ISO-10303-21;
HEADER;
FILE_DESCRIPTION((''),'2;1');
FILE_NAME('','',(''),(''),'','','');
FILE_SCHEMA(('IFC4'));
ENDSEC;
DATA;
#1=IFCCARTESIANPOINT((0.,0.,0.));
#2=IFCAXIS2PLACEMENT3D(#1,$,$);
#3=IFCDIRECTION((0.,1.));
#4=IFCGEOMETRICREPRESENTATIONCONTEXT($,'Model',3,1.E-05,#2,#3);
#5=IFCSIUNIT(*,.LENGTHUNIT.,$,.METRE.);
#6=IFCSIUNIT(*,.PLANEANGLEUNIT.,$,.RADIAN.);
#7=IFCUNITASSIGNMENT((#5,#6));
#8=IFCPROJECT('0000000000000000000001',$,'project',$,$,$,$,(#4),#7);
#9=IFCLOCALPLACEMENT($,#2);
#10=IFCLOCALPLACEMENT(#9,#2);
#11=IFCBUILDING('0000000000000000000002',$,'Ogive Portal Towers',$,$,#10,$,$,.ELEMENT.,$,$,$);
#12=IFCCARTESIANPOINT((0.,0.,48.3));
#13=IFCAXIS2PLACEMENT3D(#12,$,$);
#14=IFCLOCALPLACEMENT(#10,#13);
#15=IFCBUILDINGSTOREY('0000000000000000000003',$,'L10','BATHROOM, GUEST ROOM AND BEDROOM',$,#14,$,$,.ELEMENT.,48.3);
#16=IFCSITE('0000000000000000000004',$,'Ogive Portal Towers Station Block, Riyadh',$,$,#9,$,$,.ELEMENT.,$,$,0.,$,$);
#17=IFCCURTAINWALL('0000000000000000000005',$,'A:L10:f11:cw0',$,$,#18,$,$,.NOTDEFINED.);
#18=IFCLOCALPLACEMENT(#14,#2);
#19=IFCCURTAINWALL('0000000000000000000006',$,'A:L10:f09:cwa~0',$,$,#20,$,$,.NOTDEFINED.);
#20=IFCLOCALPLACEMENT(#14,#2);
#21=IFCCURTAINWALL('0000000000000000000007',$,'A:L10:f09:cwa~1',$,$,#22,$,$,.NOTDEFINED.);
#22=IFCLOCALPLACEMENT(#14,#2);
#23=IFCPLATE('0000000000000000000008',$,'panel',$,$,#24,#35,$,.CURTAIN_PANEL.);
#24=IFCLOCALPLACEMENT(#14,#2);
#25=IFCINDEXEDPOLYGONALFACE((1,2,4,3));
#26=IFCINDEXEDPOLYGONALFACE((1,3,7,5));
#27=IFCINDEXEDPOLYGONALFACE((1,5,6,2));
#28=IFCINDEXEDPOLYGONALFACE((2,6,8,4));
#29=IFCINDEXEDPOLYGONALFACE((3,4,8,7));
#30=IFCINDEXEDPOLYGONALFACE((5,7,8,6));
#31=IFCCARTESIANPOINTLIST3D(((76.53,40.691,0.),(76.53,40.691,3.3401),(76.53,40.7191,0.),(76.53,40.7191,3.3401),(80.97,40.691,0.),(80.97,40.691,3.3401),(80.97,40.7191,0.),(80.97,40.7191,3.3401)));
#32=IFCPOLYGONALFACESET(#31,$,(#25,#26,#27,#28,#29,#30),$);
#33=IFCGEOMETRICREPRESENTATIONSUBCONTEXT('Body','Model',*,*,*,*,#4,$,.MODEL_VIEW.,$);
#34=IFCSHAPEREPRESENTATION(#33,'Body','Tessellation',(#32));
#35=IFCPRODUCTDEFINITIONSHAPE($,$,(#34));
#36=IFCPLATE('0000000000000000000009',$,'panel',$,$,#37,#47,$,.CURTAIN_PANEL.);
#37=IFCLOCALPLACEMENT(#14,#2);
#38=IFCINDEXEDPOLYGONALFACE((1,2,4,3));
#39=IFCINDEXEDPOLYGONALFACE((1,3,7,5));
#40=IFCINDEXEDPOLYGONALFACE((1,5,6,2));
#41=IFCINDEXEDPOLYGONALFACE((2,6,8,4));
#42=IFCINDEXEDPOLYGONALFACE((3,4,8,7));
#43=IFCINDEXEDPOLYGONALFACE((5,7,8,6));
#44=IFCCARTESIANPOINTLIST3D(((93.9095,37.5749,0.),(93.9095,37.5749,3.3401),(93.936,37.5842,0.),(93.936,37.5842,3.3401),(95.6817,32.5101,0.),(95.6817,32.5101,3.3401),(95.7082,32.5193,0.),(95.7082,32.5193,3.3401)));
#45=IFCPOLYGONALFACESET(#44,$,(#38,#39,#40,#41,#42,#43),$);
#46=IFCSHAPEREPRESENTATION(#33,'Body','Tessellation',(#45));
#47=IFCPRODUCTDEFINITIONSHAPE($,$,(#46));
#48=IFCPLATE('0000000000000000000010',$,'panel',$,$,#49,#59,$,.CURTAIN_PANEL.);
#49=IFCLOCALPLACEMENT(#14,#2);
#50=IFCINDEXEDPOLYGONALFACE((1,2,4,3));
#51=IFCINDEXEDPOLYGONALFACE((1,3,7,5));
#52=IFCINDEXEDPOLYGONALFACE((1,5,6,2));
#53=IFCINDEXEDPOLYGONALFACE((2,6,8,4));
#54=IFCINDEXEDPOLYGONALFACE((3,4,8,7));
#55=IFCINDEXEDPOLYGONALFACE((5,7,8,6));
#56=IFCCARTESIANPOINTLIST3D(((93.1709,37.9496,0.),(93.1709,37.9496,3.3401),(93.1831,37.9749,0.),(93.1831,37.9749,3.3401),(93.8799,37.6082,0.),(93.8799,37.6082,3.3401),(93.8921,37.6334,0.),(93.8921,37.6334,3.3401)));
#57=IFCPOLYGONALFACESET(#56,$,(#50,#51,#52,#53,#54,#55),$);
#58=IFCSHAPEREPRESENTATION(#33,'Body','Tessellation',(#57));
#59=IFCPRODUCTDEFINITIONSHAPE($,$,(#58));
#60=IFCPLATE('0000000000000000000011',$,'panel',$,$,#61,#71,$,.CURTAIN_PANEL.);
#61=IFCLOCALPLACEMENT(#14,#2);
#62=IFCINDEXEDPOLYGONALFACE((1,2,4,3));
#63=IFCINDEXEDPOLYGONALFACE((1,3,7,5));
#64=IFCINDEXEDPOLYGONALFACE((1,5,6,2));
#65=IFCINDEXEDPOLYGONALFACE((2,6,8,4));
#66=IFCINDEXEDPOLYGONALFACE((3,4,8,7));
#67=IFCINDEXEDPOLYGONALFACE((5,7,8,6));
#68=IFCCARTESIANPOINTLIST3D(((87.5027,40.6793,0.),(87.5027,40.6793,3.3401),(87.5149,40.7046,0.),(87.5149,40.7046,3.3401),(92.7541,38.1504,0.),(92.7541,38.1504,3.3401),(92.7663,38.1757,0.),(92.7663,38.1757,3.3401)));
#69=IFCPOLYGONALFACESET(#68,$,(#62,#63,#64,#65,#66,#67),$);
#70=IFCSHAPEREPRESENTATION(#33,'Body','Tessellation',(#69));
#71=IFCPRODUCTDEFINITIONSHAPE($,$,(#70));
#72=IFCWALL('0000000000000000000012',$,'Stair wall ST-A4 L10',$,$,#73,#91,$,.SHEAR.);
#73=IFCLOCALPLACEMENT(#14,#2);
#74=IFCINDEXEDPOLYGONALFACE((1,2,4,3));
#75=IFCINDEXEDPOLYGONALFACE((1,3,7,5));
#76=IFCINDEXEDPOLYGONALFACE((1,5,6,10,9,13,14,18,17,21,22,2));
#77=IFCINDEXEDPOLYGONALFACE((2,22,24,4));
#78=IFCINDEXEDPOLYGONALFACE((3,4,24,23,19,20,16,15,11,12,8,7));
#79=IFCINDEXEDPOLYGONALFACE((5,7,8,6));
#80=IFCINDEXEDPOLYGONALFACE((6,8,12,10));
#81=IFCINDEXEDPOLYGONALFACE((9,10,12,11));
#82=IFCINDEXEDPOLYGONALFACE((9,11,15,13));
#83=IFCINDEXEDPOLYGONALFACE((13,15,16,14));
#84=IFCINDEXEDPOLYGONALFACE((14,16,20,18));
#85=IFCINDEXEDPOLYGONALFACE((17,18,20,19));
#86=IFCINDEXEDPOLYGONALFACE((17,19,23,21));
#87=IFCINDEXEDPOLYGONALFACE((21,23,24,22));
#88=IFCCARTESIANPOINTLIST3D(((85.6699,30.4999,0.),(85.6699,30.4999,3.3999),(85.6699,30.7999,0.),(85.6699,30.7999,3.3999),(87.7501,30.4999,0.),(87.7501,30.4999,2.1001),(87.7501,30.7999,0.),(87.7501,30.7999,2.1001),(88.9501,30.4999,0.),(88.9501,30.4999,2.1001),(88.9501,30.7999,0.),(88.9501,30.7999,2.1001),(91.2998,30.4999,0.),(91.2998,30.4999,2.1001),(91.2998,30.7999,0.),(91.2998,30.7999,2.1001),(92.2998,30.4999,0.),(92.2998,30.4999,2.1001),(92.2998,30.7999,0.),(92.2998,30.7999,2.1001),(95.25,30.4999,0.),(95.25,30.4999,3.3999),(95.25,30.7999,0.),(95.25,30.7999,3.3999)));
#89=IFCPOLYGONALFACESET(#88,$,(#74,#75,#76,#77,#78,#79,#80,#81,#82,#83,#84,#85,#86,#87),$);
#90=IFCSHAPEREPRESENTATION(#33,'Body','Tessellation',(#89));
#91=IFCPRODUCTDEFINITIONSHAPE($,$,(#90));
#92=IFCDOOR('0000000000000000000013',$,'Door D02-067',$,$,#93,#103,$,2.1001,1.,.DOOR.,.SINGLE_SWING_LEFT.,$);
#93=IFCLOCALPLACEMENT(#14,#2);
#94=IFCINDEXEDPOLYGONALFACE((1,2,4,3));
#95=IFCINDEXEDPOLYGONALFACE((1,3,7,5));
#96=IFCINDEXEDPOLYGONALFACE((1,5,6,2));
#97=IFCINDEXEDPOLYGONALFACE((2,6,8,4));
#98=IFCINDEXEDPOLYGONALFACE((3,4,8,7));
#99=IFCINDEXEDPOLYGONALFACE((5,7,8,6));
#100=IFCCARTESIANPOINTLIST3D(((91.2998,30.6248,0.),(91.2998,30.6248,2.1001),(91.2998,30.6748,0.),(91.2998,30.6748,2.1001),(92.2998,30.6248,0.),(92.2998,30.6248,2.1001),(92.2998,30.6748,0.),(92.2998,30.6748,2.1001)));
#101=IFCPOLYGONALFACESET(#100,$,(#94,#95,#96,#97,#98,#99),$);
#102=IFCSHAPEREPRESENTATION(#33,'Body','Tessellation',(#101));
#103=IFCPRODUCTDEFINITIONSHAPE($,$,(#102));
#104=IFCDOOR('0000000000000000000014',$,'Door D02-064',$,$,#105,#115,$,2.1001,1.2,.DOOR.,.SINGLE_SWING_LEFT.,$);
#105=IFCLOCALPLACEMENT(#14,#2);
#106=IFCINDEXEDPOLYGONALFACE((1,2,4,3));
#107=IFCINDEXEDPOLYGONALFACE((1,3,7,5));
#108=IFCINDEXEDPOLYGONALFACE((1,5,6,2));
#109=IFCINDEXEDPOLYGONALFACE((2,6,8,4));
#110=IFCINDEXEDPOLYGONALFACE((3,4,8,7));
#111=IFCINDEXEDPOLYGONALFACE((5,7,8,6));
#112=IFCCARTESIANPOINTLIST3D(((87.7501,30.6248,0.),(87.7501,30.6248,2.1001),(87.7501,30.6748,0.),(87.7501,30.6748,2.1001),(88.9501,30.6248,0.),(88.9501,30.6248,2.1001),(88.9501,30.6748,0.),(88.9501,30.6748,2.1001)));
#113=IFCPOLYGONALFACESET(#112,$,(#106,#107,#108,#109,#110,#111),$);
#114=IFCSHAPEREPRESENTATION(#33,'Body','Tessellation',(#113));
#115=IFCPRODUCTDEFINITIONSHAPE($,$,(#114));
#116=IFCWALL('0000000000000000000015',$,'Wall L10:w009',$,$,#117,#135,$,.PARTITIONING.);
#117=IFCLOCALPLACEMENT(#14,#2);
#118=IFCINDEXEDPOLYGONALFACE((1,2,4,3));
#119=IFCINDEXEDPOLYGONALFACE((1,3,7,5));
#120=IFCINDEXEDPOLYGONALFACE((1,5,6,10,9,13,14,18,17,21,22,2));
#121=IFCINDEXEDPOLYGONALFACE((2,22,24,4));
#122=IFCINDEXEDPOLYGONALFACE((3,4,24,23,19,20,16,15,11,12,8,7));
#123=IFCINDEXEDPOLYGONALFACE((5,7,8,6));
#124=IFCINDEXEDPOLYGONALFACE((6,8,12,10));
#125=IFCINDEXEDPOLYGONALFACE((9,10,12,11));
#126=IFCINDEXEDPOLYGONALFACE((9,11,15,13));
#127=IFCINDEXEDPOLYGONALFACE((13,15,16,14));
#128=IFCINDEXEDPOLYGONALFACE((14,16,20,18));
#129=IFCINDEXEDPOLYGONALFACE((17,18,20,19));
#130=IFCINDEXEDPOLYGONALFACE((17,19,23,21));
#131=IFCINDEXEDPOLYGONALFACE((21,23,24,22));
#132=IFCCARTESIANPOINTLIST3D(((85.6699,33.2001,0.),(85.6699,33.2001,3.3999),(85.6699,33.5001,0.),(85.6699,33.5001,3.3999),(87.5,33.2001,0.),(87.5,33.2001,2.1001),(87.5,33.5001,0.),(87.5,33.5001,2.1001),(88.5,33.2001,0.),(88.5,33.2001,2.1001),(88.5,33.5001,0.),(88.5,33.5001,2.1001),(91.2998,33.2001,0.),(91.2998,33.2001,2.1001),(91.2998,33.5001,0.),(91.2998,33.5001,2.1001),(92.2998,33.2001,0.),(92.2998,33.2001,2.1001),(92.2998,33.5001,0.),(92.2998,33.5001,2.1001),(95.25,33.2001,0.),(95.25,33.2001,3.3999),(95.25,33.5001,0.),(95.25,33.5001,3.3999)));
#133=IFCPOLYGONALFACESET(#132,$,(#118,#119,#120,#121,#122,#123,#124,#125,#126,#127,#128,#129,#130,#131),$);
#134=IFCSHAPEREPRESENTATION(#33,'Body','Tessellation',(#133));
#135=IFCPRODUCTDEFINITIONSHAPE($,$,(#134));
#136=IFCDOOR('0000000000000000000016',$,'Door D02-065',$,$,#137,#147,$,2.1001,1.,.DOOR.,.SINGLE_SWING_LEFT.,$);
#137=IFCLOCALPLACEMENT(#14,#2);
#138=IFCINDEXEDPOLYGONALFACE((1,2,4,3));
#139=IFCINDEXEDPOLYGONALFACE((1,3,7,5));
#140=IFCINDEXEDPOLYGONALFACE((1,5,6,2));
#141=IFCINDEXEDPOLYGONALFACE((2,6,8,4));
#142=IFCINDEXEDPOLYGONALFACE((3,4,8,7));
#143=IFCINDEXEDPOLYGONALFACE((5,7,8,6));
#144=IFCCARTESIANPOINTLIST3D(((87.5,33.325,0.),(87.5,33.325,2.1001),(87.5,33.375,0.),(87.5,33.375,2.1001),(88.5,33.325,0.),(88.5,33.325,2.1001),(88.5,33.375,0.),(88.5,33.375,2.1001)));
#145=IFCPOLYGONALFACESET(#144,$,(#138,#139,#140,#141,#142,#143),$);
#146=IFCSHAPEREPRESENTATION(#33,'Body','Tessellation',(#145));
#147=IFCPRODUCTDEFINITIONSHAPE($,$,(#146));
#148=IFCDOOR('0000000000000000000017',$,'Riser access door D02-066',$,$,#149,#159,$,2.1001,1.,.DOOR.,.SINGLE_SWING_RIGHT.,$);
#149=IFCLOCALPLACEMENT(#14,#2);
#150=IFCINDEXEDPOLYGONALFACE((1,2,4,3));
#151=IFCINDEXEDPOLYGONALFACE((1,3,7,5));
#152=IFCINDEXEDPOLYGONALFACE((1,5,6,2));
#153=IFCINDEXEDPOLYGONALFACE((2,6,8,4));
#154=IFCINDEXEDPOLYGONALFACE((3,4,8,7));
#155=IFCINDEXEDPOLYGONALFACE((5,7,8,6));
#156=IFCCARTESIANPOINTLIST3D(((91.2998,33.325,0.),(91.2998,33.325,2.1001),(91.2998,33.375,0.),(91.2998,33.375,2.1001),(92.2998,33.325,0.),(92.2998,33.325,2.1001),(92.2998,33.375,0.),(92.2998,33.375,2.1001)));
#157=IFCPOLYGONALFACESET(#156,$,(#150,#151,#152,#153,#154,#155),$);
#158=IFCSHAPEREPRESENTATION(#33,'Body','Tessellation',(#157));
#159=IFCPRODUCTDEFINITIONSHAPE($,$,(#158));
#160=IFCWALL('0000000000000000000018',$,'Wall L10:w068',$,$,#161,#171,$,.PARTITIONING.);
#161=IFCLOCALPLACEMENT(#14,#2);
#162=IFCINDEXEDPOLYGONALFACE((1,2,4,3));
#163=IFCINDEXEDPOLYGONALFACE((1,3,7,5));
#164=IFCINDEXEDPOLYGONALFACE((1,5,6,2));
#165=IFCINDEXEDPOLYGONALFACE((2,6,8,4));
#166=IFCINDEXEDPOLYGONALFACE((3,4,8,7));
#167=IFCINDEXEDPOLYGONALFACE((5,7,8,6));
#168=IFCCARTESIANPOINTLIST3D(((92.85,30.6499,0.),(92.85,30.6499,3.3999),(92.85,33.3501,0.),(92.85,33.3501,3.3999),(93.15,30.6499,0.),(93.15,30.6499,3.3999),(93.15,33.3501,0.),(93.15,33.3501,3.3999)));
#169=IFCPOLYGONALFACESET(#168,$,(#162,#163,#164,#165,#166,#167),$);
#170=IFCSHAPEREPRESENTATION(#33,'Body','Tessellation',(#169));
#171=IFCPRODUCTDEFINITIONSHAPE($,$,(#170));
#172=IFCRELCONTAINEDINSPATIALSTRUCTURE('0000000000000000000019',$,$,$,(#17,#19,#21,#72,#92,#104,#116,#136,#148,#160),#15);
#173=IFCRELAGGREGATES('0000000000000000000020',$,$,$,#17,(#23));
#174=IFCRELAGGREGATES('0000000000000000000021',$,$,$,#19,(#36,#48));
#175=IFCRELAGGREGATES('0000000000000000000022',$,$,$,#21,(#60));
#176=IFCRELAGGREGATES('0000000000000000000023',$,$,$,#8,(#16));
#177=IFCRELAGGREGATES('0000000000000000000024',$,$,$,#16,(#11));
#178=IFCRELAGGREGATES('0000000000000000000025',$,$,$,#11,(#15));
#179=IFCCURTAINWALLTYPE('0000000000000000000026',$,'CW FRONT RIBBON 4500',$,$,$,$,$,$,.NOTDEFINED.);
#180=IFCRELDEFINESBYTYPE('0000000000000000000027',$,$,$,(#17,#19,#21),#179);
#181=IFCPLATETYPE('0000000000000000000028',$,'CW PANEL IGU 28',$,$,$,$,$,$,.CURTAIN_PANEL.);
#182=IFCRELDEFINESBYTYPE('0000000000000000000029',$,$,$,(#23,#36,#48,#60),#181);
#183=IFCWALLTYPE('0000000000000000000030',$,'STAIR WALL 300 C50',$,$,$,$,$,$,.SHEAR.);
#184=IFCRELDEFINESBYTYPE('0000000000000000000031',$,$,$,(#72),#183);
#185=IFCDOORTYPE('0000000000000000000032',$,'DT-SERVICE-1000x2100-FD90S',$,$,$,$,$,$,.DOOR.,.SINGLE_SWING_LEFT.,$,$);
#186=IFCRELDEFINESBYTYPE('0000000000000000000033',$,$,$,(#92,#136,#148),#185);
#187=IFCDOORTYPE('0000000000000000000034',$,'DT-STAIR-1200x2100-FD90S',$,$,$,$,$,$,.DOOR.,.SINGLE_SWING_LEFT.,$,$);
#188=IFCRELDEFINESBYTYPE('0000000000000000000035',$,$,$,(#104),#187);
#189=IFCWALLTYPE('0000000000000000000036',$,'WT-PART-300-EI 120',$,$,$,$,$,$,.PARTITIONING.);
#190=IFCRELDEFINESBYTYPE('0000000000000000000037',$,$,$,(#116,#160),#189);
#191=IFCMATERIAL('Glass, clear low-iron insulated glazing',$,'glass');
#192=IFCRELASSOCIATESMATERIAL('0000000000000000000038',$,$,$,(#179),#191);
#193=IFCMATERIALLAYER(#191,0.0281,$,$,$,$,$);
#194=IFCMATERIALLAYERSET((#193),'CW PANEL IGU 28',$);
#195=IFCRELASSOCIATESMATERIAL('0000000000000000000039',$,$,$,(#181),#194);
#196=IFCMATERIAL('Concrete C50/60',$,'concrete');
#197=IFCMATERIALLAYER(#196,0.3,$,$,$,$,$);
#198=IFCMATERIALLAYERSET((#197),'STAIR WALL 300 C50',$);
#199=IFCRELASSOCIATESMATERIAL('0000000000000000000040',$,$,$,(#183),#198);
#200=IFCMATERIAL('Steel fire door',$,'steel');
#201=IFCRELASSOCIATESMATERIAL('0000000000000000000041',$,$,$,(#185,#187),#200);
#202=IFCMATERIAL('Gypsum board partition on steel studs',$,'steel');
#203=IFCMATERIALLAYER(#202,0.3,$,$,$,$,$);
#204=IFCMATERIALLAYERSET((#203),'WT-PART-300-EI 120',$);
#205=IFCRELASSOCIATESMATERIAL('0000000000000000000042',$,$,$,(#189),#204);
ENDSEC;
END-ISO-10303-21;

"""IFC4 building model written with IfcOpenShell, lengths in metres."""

from ifc_helpers import new_model, si_unit, direction, frame, frame_2d, origin, origin_2d, place, context, subcontext, project, spatial, rectangle, extrude, material, layer, layer_set, type_object, element, fill, aggregate, save


model = new_model("IFC4")

# Units and contexts
model_context = context("Model", 3, precision=1e-05, world=origin(), true_north=direction((0.0, 1.0)))
body_context = subcontext(model_context, "Body", "Model", "MODEL_VIEW")
ifc_project = project(units=[si_unit("LENGTHUNIT", "METRE"), si_unit("PLANEANGLEUNIT", "RADIAN")], contexts=[model_context])

# Site, building, storey
site_placement = place(None, origin())
site = spatial("IfcSite", under=ifc_project, at=site_placement, Name="Ogive Portal Towers Station Block, Riyadh", CompositionType="ELEMENT", RefElevation=0.0)
building_placement = place(site_placement, origin())
building = spatial("IfcBuilding", under=site, at=building_placement, Name="Ogive Portal Towers", CompositionType="ELEMENT")
storey_placement = place(building_placement, frame((0.0, 0.0, 48.3)))
storey = spatial("IfcBuildingStorey", under=building, at=storey_placement, Name="L10", Description="BATHROOM, GUEST ROOM AND BEDROOM", CompositionType="ELEMENT", Elevation=48.3)

# Curtain walls
ifc_material_1 = material(Name="Glass, clear low-iron insulated glazing", Category="glass")
curtain_wall_type = type_object("IfcCurtainWallType", Name="CW FRONT RIBBON 4500", PredefinedType="NOTDEFINED", material=ifc_material_1)
curtain_wall_1_placement = place(storey_placement, origin())
curtain_wall_1 = element("IfcCurtainWall", 1, at=curtain_wall_1_placement, inside=storey, type_object=curtain_wall_type, Name="A:L10:f11:cw0", PredefinedType="NOTDEFINED")
curtain_wall_2_placement = place(storey_placement, origin())
curtain_wall_2 = element("IfcCurtainWall", 2, at=curtain_wall_2_placement, inside=storey, type_object=curtain_wall_type, Name="A:L10:f09:cwa~0", PredefinedType="NOTDEFINED")

# Curtain wall
curtain_wall_3_placement = place(storey_placement, origin())
curtain_wall_3 = element("IfcCurtainWall", 3, at=curtain_wall_3_placement, inside=storey, type_object=curtain_wall_type, Name="A:L10:f09:cwa~1", PredefinedType="NOTDEFINED")

# Plates
ifc_layer_1 = layer(ifc_material_1, 0.0281)
ifc_layer_set_1 = layer_set([ifc_layer_1], Name="CW PANEL IGU 28")
plate_type = type_object("IfcPlateType", Name="CW PANEL IGU 28", PredefinedType="CURTAIN_PANEL", material=ifc_layer_set_1)
plate_1_placement = place(storey_placement, frame((78.75, 40.7051, 0.0), z_axis=(0.0, 0.0, 1.0), x_axis=(-1.0, 0.0, 0.0)))
plate_1 = element("IfcPlate", 4, at=plate_1_placement, type_object=plate_type, Name="panel", PredefinedType="CURTAIN_PANEL", context=body_context, shape_type="SweptSolid", body=[
    extrude(rectangle(XDim=4.4399, YDim=0.0281, at=origin_2d()), origin(), (0.0, 0.0, 1.0), 3.3401),
])
aggregate(curtain_wall_1, [plate_1])
plate_2_placement = place(storey_placement, frame((94.8088, 35.0471, 0.0), z_axis=(0.0, 0.0, 1.0), x_axis=(-0.330279, 0.943883, 0.0)))
plate_2 = element("IfcPlate", 5, at=plate_2_placement, type_object=plate_type, Name="panel", PredefinedType="CURTAIN_PANEL", context=body_context, shape_type="SweptSolid", body=[
    extrude(rectangle(XDim=5.366, YDim=0.0281, at=origin_2d()), origin(), (0.0, 0.0, 1.0), 3.3401),
])
plate_3_placement = place(storey_placement, frame((93.5315, 37.7915, 0.0), z_axis=(0.0, 0.0, 1.0), x_axis=(-0.900969, 0.433884, 0.0)))
plate_3 = element("IfcPlate", 6, at=plate_3_placement, type_object=plate_type, Name="panel", PredefinedType="CURTAIN_PANEL", context=body_context, shape_type="SweptSolid", body=[
    extrude(rectangle(XDim=0.7869, YDim=0.0281, at=origin_2d()), origin(), (0.0, 0.0, 1.0), 3.3401),
])
aggregate(curtain_wall_2, [plate_2, plate_3])
plate_4_placement = place(storey_placement, frame((90.1345, 39.4275, 0.0), z_axis=(0.0, 0.0, 1.0), x_axis=(-0.900969, 0.433884, 0.0)))
plate_4 = element("IfcPlate", 7, at=plate_4_placement, type_object=plate_type, Name="panel", PredefinedType="CURTAIN_PANEL", context=body_context, shape_type="SweptSolid", body=[
    extrude(rectangle(XDim=5.8286, YDim=0.0281, at=origin_2d()), origin(), (0.0, 0.0, 1.0), 3.3401),
])
aggregate(curtain_wall_3, [plate_4])

# Walls, openings, doors
ifc_material_2 = material(Name="Concrete C50/60", Category="concrete")
ifc_layer_2 = layer(ifc_material_2, 0.3)
ifc_layer_set_2 = layer_set([ifc_layer_2], Name="STAIR WALL 300 C50")
wall_type_1 = type_object("IfcWallType", Name="STAIR WALL 300 C50", PredefinedType="SHEAR", material=ifc_layer_set_2)
wall_1_placement = place(storey_placement, frame((85.6699, 30.6499, 0.0), z_axis=(0.0, 0.0, 1.0), x_axis=(1.0, 0.0, 0.0)))
wall_1 = element("IfcWall", 8, at=wall_1_placement, inside=storey, type_object=wall_type_1, Name="Stair wall ST-A4 L10", PredefinedType="SHEAR", context=body_context, shape_type="SweptSolid", body=[
    extrude(rectangle(XDim=9.5801, YDim=0.3, at=frame_2d((4.79, 0.0))), origin(), (0.0, 0.0, 1.0), 3.3999),
])
opening_1_placement = place(wall_1_placement, frame((2.0801, 0.0, 0.0)))
opening_1 = element("IfcOpeningElement", 9, at=opening_1_placement, cuts=wall_1, PredefinedType="OPENING", context=body_context, shape_type="SweptSolid", body=[
    extrude(rectangle(XDim=1.2, YDim=2.1001, at=frame_2d((0.6001, 1.05))), frame((0.0, 0.1602, 0.0), z_axis=(0.0, -1.0, 0.0), x_axis=(1.0, 0.0, 0.0)), (0.0, 0.0, 1.0), 0.3201),
])
opening_2_placement = place(wall_1_placement, frame((5.6299, 0.0, 0.0)))
opening_2 = element("IfcOpeningElement", 10, at=opening_2_placement, cuts=wall_1, PredefinedType="OPENING", context=body_context, shape_type="SweptSolid", body=[
    extrude(rectangle(XDim=1.0, YDim=2.1001, at=frame_2d((0.5, 1.05))), frame((0.0, 0.1602, 0.0), z_axis=(0.0, -1.0, 0.0), x_axis=(1.0, 0.0, 0.0)), (0.0, 0.0, 1.0), 0.3201),
])
ifc_material_3 = material(Name="Steel fire door", Category="steel")
door_type_1 = type_object("IfcDoorType", Name="DT-SERVICE-1000x2100-FD90S", OperationType="SINGLE_SWING_LEFT", PredefinedType="DOOR", material=ifc_material_3)
door_1_placement = place(opening_2_placement, origin())
door_1 = element("IfcDoor", 11, at=door_1_placement, inside=storey, type_object=door_type_1, Name="Door D02-067", OperationType="SINGLE_SWING_LEFT", OverallHeight=2.1001, OverallWidth=1.0, PredefinedType="DOOR", context=body_context, shape_type="SweptSolid", body=[
    extrude(rectangle(XDim=1.0, YDim=2.1001, at=frame_2d((0.5, 1.05))), frame((0.0, 0.0249, 0.0), z_axis=(0.0, -1.0, 0.0), x_axis=(1.0, 0.0, 0.0)), (0.0, 0.0, 1.0), 0.05),
])
fill(opening_2, door_1)
door_type_2 = type_object("IfcDoorType", Name="DT-STAIR-1200x2100-FD90S", OperationType="SINGLE_SWING_LEFT", PredefinedType="DOOR", material=ifc_material_3)
door_2_placement = place(opening_1_placement, origin())
door_2 = element("IfcDoor", 12, at=door_2_placement, inside=storey, type_object=door_type_2, Name="Door D02-064", OperationType="SINGLE_SWING_LEFT", OverallHeight=2.1001, OverallWidth=1.2, PredefinedType="DOOR", context=body_context, shape_type="SweptSolid", body=[
    extrude(rectangle(XDim=1.2, YDim=2.1001, at=frame_2d((0.6001, 1.05))), frame((0.0, 0.0249, 0.0), z_axis=(0.0, -1.0, 0.0), x_axis=(1.0, 0.0, 0.0)), (0.0, 0.0, 1.0), 0.05),
])
fill(opening_1, door_2)
ifc_material_4 = material(Name="Gypsum board partition on steel studs", Category="steel")
ifc_layer_3 = layer(ifc_material_4, 0.3)
ifc_layer_set_3 = layer_set([ifc_layer_3], Name="WT-PART-300-EI 120")
wall_type_2 = type_object("IfcWallType", Name="WT-PART-300-EI 120", PredefinedType="PARTITIONING", material=ifc_layer_set_3)
wall_2_placement = place(storey_placement, frame((85.6699, 33.3501, 0.0), z_axis=(0.0, 0.0, 1.0), x_axis=(1.0, 0.0, 0.0)))
wall_2 = element("IfcWall", 13, at=wall_2_placement, inside=storey, type_object=wall_type_2, Name="Wall L10:w009", PredefinedType="PARTITIONING", context=body_context, shape_type="SweptSolid", body=[
    extrude(rectangle(XDim=9.5801, YDim=0.3, at=frame_2d((4.79, 0.0))), origin(), (0.0, 0.0, 1.0), 3.3999),
])
opening_3_placement = place(wall_2_placement, frame((1.8301, 0.0, 0.0)))
opening_3 = element("IfcOpeningElement", 14, at=opening_3_placement, cuts=wall_2, PredefinedType="OPENING", context=body_context, shape_type="SweptSolid", body=[
    extrude(rectangle(XDim=1.0, YDim=2.1001, at=frame_2d((0.5, 1.05))), frame((0.0, 0.1602, 0.0), z_axis=(0.0, -1.0, 0.0), x_axis=(1.0, 0.0, 0.0)), (0.0, 0.0, 1.0), 0.3201),
])
opening_4_placement = place(wall_2_placement, frame((5.6299, 0.0, 0.0)))
opening_4 = element("IfcOpeningElement", 15, at=opening_4_placement, cuts=wall_2, PredefinedType="OPENING", context=body_context, shape_type="SweptSolid", body=[
    extrude(rectangle(XDim=1.0, YDim=2.1001, at=frame_2d((0.5, 1.05))), frame((0.0, 0.1602, 0.0), z_axis=(0.0, -1.0, 0.0), x_axis=(1.0, 0.0, 0.0)), (0.0, 0.0, 1.0), 0.3201),
])
door_3_placement = place(opening_3_placement, origin())
door_3 = element("IfcDoor", 16, at=door_3_placement, inside=storey, type_object=door_type_1, Name="Door D02-065", OperationType="SINGLE_SWING_LEFT", OverallHeight=2.1001, OverallWidth=1.0, PredefinedType="DOOR", context=body_context, shape_type="SweptSolid", body=[
    extrude(rectangle(XDim=1.0, YDim=2.1001, at=frame_2d((0.5, 1.05))), frame((0.0, 0.0249, 0.0), z_axis=(0.0, -1.0, 0.0), x_axis=(1.0, 0.0, 0.0)), (0.0, 0.0, 1.0), 0.05),
])
fill(opening_3, door_3)
door_4_placement = place(opening_4_placement, origin())
door_4 = element("IfcDoor", 17, at=door_4_placement, inside=storey, type_object=door_type_1, Name="Riser access door D02-066", OperationType="SINGLE_SWING_RIGHT", OverallHeight=2.1001, OverallWidth=1.0, PredefinedType="DOOR", context=body_context, shape_type="SweptSolid", body=[
    extrude(rectangle(XDim=1.0, YDim=2.1001, at=frame_2d((0.5, 1.05))), frame((0.0, 0.0249, 0.0), z_axis=(0.0, -1.0, 0.0), x_axis=(1.0, 0.0, 0.0)), (0.0, 0.0, 1.0), 0.05),
])
fill(opening_4, door_4)

# Wall
wall_3_placement = place(storey_placement, frame((93.0, 30.6499, 0.0), z_axis=(0.0, 0.0, 1.0), x_axis=(0.0, 1.0, 0.0)))
element("IfcWall", 18, at=wall_3_placement, inside=storey, type_object=wall_type_2, Name="Wall L10:w068", PredefinedType="PARTITIONING", context=body_context, shape_type="SweptSolid", body=[
    extrude(rectangle(XDim=2.7002, YDim=0.3, at=frame_2d((1.3501, 0.0))), origin(), (0.0, 0.0, 1.0), 3.3999),
])

save(model, "model.ifc")
